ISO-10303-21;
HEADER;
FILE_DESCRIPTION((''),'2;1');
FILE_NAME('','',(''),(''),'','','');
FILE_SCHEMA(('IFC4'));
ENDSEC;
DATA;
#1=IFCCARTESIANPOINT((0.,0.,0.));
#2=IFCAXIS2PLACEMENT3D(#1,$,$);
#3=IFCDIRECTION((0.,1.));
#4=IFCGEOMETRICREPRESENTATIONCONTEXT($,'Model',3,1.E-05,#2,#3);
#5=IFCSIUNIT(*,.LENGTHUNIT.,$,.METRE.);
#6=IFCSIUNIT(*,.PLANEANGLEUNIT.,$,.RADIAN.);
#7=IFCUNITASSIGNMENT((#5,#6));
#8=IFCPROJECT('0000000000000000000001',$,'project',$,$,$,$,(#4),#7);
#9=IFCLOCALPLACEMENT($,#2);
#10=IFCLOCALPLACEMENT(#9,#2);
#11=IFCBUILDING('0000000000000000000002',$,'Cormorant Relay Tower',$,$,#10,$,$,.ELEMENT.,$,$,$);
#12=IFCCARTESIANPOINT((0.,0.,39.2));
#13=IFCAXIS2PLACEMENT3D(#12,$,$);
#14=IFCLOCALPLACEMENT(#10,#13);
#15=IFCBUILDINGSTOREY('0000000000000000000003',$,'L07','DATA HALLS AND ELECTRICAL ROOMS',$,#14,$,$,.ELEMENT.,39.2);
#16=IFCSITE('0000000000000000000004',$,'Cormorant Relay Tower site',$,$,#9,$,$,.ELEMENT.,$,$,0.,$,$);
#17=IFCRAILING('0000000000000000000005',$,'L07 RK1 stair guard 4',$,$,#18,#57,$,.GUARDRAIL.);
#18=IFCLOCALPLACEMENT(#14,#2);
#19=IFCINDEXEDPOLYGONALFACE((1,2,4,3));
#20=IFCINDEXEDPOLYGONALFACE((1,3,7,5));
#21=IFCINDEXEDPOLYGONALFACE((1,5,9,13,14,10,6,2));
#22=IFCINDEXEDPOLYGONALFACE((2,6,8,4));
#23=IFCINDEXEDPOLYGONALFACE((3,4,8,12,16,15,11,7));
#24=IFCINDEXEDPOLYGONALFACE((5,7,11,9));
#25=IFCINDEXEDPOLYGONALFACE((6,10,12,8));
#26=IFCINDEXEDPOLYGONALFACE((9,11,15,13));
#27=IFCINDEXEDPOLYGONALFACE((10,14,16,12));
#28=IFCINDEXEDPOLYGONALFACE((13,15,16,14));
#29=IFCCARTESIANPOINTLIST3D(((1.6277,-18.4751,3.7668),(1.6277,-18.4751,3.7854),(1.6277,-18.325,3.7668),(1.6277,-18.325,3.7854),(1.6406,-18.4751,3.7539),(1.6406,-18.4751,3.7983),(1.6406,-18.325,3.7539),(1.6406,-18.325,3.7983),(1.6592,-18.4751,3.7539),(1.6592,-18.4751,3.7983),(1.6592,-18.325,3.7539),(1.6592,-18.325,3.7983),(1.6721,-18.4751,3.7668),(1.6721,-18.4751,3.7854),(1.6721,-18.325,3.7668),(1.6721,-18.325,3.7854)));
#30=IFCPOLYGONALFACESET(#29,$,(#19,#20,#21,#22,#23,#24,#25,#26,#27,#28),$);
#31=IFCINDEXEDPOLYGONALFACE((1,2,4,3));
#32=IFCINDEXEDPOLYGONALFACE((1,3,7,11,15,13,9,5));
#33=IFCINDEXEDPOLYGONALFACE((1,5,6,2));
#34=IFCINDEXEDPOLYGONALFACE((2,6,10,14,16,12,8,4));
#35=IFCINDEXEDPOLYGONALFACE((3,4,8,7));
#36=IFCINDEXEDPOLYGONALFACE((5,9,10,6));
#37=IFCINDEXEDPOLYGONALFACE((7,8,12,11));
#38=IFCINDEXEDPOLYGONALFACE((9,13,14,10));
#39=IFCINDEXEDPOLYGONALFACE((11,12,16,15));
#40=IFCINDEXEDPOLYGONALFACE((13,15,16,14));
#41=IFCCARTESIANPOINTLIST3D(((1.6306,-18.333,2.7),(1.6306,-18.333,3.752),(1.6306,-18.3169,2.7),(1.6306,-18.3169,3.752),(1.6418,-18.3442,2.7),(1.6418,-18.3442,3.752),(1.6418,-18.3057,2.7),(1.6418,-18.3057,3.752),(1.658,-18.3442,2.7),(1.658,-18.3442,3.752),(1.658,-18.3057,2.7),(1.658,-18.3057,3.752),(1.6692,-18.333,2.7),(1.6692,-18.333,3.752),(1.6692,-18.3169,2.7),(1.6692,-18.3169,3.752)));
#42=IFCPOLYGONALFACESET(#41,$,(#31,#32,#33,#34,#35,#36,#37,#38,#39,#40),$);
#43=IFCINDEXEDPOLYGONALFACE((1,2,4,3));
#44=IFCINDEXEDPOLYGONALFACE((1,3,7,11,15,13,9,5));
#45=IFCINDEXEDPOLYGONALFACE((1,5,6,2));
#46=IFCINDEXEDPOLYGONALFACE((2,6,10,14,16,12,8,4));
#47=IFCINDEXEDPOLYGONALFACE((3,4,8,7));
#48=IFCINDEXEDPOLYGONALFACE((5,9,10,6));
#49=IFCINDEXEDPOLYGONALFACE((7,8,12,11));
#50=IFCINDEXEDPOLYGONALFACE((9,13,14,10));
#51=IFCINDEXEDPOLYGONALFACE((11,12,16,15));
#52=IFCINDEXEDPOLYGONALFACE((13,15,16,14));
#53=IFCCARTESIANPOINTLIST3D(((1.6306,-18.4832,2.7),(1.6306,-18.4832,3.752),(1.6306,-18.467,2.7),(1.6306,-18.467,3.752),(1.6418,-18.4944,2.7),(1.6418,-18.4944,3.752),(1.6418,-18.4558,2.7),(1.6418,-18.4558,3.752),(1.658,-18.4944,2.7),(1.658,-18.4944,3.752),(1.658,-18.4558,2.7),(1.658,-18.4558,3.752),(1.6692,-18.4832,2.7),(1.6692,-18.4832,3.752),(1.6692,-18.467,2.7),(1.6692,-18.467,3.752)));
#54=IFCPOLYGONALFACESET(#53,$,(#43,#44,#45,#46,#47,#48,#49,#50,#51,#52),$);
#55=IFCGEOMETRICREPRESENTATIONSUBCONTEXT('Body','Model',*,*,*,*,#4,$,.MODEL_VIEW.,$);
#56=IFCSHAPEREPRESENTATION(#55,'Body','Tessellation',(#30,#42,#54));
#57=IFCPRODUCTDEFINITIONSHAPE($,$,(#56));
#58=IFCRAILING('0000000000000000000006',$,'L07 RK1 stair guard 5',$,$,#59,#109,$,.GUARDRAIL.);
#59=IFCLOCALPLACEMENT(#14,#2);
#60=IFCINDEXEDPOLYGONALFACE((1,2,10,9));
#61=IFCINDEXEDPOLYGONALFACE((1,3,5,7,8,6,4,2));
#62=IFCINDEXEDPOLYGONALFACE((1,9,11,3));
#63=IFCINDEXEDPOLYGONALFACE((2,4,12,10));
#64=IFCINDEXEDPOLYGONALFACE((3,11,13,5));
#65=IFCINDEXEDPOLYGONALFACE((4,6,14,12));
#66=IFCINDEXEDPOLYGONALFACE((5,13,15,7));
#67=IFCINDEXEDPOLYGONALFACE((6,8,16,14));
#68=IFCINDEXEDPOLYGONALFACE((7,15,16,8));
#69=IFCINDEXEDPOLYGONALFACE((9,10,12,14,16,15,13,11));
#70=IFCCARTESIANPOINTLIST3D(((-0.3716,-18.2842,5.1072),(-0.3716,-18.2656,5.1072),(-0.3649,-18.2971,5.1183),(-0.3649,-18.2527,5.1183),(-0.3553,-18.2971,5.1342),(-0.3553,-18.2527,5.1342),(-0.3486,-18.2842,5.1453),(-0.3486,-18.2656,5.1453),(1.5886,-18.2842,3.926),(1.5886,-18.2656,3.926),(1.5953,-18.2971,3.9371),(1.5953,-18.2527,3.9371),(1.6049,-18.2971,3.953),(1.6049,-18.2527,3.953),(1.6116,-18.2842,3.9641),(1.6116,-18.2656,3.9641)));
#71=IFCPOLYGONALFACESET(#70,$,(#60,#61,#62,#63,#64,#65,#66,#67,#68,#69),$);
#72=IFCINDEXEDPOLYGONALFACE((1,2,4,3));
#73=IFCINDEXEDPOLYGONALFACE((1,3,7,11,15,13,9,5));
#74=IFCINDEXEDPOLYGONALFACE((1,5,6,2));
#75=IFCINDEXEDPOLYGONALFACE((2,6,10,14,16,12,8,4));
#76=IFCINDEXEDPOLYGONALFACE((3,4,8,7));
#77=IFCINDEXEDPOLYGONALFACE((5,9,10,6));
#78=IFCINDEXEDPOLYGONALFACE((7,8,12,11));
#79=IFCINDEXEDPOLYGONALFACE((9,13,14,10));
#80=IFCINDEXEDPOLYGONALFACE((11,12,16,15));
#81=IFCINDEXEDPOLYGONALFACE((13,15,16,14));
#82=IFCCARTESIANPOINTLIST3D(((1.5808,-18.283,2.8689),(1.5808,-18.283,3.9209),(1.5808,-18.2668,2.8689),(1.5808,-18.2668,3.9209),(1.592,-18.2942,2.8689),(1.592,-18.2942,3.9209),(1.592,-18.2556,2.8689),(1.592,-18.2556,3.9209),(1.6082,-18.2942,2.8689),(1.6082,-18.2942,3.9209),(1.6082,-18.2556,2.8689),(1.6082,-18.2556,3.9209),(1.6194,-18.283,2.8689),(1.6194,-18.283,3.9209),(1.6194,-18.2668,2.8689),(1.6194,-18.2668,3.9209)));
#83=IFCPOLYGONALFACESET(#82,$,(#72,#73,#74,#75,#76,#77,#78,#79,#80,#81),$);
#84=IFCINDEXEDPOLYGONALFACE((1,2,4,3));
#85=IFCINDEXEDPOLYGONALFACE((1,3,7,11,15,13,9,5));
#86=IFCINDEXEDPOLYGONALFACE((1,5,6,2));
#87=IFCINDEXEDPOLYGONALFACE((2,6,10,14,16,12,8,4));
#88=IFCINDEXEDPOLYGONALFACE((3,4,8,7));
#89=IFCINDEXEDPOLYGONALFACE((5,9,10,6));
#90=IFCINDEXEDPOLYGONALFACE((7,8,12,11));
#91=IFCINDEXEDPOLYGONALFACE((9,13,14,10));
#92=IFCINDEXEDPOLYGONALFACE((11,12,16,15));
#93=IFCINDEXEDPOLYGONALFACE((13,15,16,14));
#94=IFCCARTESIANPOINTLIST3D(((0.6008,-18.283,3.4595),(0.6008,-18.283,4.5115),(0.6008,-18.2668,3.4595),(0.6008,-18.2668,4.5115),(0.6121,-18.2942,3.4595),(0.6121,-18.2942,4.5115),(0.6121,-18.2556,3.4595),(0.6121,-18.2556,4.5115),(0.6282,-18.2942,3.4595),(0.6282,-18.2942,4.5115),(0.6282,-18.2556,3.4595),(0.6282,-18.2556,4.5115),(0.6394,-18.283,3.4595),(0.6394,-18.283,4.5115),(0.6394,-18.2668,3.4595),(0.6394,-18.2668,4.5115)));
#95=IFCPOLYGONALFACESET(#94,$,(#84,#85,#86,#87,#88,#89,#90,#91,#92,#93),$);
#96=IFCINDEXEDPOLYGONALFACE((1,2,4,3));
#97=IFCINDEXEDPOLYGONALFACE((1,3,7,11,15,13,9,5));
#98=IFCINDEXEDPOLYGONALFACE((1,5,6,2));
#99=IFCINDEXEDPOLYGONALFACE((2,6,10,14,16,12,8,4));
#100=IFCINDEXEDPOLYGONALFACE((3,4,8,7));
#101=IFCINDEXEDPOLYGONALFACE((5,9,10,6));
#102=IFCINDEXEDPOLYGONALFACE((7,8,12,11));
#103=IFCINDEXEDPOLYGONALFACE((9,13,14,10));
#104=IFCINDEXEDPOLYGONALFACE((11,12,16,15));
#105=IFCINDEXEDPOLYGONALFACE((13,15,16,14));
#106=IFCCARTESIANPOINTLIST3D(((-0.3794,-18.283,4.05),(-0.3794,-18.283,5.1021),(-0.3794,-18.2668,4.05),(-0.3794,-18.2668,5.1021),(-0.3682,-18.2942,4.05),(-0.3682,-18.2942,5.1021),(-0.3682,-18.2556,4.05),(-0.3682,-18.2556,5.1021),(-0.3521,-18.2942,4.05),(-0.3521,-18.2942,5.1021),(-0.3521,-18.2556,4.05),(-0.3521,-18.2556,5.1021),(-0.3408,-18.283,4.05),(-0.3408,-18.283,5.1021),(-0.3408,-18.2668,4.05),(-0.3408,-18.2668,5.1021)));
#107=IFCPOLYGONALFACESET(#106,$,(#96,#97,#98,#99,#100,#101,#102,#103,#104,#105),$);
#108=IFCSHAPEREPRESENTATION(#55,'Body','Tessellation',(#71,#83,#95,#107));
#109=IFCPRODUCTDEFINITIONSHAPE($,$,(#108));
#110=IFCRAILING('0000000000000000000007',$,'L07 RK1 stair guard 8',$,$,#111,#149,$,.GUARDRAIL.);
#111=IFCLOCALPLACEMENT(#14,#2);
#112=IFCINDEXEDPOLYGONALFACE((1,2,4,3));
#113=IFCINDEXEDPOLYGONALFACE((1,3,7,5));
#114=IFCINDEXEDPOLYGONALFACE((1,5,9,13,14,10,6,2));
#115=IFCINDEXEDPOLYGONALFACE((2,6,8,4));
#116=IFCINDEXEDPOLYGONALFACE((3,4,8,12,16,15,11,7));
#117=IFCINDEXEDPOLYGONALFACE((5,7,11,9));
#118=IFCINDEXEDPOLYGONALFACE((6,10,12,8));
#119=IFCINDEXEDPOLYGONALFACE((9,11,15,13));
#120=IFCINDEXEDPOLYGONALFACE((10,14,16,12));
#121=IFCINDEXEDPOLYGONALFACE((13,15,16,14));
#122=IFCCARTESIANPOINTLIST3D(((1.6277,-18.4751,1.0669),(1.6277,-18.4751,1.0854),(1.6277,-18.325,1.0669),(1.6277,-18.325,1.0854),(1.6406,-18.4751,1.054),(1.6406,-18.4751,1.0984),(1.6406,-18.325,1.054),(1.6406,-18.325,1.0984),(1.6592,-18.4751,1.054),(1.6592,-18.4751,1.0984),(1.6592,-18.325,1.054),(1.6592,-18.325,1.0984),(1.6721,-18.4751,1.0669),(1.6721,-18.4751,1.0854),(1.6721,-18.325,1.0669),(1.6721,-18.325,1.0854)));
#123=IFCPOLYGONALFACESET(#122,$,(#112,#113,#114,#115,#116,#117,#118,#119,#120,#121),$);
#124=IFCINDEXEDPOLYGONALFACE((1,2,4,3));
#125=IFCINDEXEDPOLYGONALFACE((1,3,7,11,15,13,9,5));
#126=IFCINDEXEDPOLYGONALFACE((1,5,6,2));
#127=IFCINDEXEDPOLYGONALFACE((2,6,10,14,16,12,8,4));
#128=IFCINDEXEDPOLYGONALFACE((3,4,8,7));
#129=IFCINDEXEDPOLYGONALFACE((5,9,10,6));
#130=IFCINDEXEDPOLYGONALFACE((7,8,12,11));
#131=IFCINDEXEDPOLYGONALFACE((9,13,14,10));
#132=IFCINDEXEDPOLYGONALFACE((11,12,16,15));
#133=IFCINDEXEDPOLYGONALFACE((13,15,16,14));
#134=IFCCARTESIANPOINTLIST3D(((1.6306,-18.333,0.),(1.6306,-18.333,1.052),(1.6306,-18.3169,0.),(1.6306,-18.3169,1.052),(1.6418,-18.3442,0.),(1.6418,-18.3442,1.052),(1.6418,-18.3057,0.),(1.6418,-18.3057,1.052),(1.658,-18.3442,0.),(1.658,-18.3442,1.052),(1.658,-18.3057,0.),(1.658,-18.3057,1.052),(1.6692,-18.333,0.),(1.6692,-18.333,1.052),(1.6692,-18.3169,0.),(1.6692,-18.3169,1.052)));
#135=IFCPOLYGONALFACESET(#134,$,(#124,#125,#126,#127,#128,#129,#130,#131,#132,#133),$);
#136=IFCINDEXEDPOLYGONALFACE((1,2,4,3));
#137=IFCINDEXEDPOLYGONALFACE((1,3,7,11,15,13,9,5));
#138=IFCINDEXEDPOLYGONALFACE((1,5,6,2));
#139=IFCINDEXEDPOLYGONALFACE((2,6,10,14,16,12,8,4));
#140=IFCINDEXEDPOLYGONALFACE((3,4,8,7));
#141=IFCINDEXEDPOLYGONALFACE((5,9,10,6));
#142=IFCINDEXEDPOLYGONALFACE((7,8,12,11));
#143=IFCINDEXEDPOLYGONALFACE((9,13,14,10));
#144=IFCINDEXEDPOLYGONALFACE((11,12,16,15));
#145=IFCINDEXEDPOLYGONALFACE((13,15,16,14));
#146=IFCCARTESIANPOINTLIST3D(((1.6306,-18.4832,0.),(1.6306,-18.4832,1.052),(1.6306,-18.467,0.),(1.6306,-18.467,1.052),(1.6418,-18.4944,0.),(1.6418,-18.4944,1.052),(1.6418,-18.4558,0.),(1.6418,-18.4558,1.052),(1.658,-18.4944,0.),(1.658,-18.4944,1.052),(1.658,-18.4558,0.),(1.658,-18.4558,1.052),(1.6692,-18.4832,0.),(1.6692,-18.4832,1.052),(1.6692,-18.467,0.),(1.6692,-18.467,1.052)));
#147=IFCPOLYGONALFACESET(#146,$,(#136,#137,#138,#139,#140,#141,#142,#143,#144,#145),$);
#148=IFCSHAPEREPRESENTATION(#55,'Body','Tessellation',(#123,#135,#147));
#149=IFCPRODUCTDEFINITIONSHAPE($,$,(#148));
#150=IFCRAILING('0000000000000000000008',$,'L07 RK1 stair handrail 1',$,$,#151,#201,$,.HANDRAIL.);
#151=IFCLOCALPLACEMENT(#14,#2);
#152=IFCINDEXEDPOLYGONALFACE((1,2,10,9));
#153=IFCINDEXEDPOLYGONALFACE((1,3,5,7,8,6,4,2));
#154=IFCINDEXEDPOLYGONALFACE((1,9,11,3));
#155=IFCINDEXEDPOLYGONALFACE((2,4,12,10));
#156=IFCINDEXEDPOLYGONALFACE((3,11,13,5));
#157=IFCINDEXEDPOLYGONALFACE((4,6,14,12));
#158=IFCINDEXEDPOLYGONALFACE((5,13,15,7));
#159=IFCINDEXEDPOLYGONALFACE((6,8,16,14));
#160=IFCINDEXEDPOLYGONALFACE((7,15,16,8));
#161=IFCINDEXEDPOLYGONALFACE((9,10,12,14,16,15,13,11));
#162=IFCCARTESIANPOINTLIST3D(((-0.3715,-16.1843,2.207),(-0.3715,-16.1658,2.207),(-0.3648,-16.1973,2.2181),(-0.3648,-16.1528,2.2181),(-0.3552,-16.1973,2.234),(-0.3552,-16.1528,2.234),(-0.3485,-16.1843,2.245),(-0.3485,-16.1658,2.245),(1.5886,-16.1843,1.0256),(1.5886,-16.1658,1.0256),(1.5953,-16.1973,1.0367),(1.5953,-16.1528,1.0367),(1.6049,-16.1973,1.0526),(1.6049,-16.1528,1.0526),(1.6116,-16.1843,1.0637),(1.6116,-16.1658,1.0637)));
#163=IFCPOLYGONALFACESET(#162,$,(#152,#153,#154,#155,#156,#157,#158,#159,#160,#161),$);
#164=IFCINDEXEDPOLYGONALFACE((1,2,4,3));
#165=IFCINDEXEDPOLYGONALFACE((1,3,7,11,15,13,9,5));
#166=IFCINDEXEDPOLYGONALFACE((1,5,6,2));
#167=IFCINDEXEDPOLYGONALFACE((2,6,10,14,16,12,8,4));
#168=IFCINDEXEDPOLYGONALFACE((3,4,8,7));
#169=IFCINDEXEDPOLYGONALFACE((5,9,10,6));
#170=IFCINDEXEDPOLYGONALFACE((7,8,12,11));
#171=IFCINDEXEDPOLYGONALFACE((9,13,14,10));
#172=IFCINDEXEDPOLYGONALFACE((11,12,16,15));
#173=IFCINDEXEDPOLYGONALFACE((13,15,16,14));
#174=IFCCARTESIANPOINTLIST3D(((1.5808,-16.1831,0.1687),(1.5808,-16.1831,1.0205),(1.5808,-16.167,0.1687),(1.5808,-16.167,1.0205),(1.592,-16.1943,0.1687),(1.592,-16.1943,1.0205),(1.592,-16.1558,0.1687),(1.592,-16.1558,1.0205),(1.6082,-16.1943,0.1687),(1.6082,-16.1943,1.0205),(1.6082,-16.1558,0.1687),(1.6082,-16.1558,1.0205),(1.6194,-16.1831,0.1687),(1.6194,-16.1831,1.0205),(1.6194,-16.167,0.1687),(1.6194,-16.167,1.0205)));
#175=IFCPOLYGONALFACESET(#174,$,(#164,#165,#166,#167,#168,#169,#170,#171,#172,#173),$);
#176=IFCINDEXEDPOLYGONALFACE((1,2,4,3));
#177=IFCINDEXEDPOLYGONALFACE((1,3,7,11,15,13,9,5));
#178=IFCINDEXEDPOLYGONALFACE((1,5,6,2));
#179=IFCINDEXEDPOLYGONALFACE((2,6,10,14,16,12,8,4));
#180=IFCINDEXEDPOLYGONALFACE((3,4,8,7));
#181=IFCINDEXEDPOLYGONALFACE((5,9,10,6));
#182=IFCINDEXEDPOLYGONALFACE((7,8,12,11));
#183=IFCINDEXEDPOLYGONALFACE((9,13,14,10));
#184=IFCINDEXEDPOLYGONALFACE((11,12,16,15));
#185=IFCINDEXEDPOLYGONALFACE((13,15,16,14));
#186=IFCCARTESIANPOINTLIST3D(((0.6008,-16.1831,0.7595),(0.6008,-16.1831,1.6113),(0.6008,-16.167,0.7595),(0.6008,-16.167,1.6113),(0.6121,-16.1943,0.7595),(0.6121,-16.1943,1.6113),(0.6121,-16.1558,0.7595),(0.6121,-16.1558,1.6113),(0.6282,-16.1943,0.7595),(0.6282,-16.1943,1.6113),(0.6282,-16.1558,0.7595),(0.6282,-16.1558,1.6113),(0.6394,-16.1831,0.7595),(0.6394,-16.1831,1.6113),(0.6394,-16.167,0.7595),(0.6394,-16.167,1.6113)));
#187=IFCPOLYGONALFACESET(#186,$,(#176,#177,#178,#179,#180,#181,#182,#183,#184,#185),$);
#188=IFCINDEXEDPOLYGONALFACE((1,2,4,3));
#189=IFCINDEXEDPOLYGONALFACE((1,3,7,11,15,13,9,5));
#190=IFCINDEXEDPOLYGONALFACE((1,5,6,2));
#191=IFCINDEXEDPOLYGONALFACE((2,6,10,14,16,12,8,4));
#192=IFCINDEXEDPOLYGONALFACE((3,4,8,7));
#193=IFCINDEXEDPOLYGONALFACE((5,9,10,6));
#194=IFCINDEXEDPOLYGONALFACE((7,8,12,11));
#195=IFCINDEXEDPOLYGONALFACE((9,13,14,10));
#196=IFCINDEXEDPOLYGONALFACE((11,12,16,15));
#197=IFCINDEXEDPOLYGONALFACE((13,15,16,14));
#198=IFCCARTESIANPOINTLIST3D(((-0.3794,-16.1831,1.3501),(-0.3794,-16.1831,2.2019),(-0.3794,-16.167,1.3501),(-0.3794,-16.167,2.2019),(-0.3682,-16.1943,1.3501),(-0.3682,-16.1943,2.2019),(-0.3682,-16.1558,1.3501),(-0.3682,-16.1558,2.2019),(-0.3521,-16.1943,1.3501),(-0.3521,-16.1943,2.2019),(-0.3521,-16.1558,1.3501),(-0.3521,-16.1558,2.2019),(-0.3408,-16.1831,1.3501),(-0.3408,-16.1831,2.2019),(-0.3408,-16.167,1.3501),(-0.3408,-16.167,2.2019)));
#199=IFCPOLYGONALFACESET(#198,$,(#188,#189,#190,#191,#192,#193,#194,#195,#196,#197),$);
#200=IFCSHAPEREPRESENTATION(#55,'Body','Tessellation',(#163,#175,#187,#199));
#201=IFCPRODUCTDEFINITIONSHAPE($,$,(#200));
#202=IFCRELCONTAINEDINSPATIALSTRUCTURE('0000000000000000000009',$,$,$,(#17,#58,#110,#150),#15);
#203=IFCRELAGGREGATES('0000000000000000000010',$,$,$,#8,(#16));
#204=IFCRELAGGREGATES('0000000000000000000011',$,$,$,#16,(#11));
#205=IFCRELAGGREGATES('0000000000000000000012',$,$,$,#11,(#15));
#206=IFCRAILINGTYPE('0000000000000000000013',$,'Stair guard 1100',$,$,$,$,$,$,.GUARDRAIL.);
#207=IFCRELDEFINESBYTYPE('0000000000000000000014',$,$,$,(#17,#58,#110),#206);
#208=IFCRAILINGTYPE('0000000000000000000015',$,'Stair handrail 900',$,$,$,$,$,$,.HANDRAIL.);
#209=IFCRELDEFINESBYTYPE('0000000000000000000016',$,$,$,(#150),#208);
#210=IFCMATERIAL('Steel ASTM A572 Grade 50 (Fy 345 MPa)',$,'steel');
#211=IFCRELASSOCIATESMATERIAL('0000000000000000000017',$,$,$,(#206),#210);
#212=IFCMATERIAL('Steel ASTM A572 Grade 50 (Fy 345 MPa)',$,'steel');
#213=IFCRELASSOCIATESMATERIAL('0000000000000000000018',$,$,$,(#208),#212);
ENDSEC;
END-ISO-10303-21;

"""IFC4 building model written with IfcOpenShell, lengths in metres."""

from ifc_helpers import new_model, si_unit, direction, frame, origin, place, context, subcontext, project, spatial, polyline, outline, extrude, material, type_object, element, save


model = new_model("IFC4")

# Units and contexts
model_context = context("Model", 3, precision=1e-05, world=origin(), true_north=direction((0.0, 1.0)))
body_context = subcontext(model_context, "Body", "Model", "MODEL_VIEW")
ifc_project = project(units=[si_unit("LENGTHUNIT", "METRE"), si_unit("PLANEANGLEUNIT", "RADIAN")], contexts=[model_context])

# Site, building, storey
site_placement = place(None, origin())
site = spatial("IfcSite", under=ifc_project, at=site_placement, Name="Cormorant Relay Tower site", CompositionType="ELEMENT", RefElevation=0.0)
building_placement = place(site_placement, origin())
building = spatial("IfcBuilding", under=site, at=building_placement, Name="Cormorant Relay Tower", CompositionType="ELEMENT")
storey_placement = place(building_placement, frame((0.0, 0.0, 39.2)))
storey = spatial("IfcBuildingStorey", under=building, at=storey_placement, Name="L07", Description="DATA HALLS AND ELECTRICAL ROOMS", CompositionType="ELEMENT", Elevation=39.2)

# Railings
ifc_material_1 = material(Name="Steel ASTM A572 Grade 50 (Fy 345 MPa)", Category="steel")
railing_type_1 = type_object("IfcRailingType", Name="Stair guard 1100", PredefinedType="GUARDRAIL", material=ifc_material_1)
railing_1_placement = place(storey_placement, frame((1.6499, -18.325, 2.7)))
element("IfcRailing", 1, at=railing_1_placement, inside=storey, type_object=railing_type_1, Name="L07 RK1 stair guard 4", PredefinedType="GUARDRAIL", context=body_context, shape_type="SweptSolid", body=[
    extrude(outline(polyline([(0.0222, 0.0093), (0.0093, 0.0222), (-0.0093, 0.0222), (-0.0222, 0.0093), (-0.0222, -0.0093), (-0.0093, -0.0222), (0.0093, -0.0222), (0.0222, -0.0093), (0.0222, 0.0093)])), frame((0.0, 0.0, 1.0762), z_axis=(0.0, -1.0, 0.0), x_axis=(1.0, 0.0, 0.0)), (0.0, 0.0, 1.0), 0.1501),
    extrude(outline(polyline([(0.0193, 0.0081), (0.0081, 0.0193), (-0.0081, 0.0193), (-0.0193, 0.0081), (-0.0193, -0.0081), (-0.0081, -0.0193), (0.0081, -0.0193), (0.0193, -0.0081), (0.0193, 0.0081)])), origin(), (0.0, 0.0, 1.0), 1.052),
    extrude(outline(polyline([(0.0193, 0.0081), (0.0081, 0.0193), (-0.0081, 0.0193), (-0.0193, 0.0081), (-0.0193, -0.0081), (-0.0081, -0.0193), (0.0081, -0.0193), (0.0193, -0.0081), (0.0193, 0.0081)])), frame((0.0, -0.1501, 0.0)), (0.0, 0.0, 1.0), 1.052),
])
railing_2_placement = place(storey_placement, frame((1.6001, -18.2749, 2.8689)))
element("IfcRailing", 2, at=railing_2_placement, inside=storey, type_object=railing_type_1, Name="L07 RK1 stair guard 5", PredefinedType="GUARDRAIL", context=body_context, shape_type="SweptSolid", body=[
    extrude(outline(polyline([(0.0222, 0.0093), (0.0093, 0.0222), (-0.0093, 0.0222), (-0.0222, 0.0093), (-0.0222, -0.0093), (-0.0093, -0.0222), (0.0093, -0.0222), (0.0222, -0.0093), (0.0222, 0.0093)])), frame((0.0, 0.0, 1.0762), z_axis=(-0.856522, 0.0, 0.516111), x_axis=(0.0, -1.0, 0.0)), (0.0, 0.0, 1.0), 2.2886),
    extrude(outline(polyline([(0.0193, 0.0081), (0.0081, 0.0193), (-0.0081, 0.0193), (-0.0193, 0.0081), (-0.0193, -0.0081), (-0.0081, -0.0193), (0.0081, -0.0193), (0.0193, -0.0081), (0.0193, 0.0081)])), origin(), (0.0, 0.0, 1.0), 1.052),
    extrude(outline(polyline([(0.0193, 0.0081), (0.0081, 0.0193), (-0.0081, 0.0193), (-0.0193, 0.0081), (-0.0193, -0.0081), (-0.0081, -0.0193), (0.0081, -0.0193), (0.0193, -0.0081), (0.0193, 0.0081)])), frame((-0.98, 0.0, 0.5906)), (0.0, 0.0, 1.0), 1.052),
    extrude(outline(polyline([(0.0193, 0.0081), (0.0081, 0.0193), (-0.0081, 0.0193), (-0.0193, 0.0081), (-0.0193, -0.0081), (-0.0081, -0.0193), (0.0081, -0.0193), (0.0193, -0.0081), (0.0193, 0.0081)])), frame((-1.9602, 0.0, 1.1812)), (0.0, 0.0, 1.0), 1.052),
])
railing_3_placement = place(storey_placement, frame((1.6499, -18.325, 0.0)))
element("IfcRailing", 3, at=railing_3_placement, inside=storey, type_object=railing_type_1, Name="L07 RK1 stair guard 8", PredefinedType="GUARDRAIL", context=body_context, shape_type="SweptSolid", body=[
    extrude(outline(polyline([(0.0222, 0.0093), (0.0093, 0.0222), (-0.0093, 0.0222), (-0.0222, 0.0093), (-0.0222, -0.0093), (-0.0093, -0.0222), (0.0093, -0.0222), (0.0222, -0.0093), (0.0222, 0.0093)])), frame((0.0, 0.0, 1.0762), z_axis=(0.0, -1.0, 0.0), x_axis=(1.0, 0.0, 0.0)), (0.0, 0.0, 1.0), 0.1501),
    extrude(outline(polyline([(0.0193, 0.0081), (0.0081, 0.0193), (-0.0081, 0.0193), (-0.0193, 0.0081), (-0.0193, -0.0081), (-0.0081, -0.0193), (0.0081, -0.0193), (0.0193, -0.0081), (0.0193, 0.0081)])), origin(), (0.0, 0.0, 1.0), 1.052),
    extrude(outline(polyline([(0.0193, 0.0081), (0.0081, 0.0193), (-0.0081, 0.0193), (-0.0193, 0.0081), (-0.0193, -0.0081), (-0.0081, -0.0193), (0.0081, -0.0193), (0.0193, -0.0081), (0.0193, 0.0081)])), frame((0.0, -0.1501, 0.0)), (0.0, 0.0, 1.0), 1.052),
])
ifc_material_2 = material(Name="Steel ASTM A572 Grade 50 (Fy 345 MPa)", Category="steel")
railing_type_2 = type_object("IfcRailingType", Name="Stair handrail 900", PredefinedType="HANDRAIL", material=ifc_material_2)
railing_4_placement = place(storey_placement, frame((1.6001, -16.175, 0.1687)))
element("IfcRailing", 4, at=railing_4_placement, inside=storey, type_object=railing_type_2, Name="L07 RK1 stair handrail 1", PredefinedType="HANDRAIL", context=body_context, shape_type="SweptSolid", body=[
    extrude(outline(polyline([(0.0222, 0.0093), (0.0093, 0.0222), (-0.0093, 0.0222), (-0.0222, 0.0093), (-0.0222, -0.0093), (-0.0093, -0.0222), (0.0093, -0.0222), (0.0222, -0.0093), (0.0222, 0.0093)])), frame((0.0, 0.0, 0.876), z_axis=(-0.856475, 0.0, 0.516189), x_axis=(0.0, -1.0, 0.0)), (0.0, 0.0, 1.0), 2.2886),
    extrude(outline(polyline([(0.0193, 0.0081), (0.0081, 0.0193), (-0.0081, 0.0193), (-0.0193, 0.0081), (-0.0193, -0.0081), (-0.0081, -0.0193), (0.0081, -0.0193), (0.0193, -0.0081), (0.0193, 0.0081)])), origin(), (0.0, 0.0, 1.0), 0.8518),
    extrude(outline(polyline([(0.0193, 0.0081), (0.0081, 0.0193), (-0.0081, 0.0193), (-0.0193, 0.0081), (-0.0193, -0.0081), (-0.0081, -0.0193), (0.0081, -0.0193), (0.0193, -0.0081), (0.0193, 0.0081)])), frame((-0.98, 0.0, 0.5908)), (0.0, 0.0, 1.0), 0.8518),
    extrude(outline(polyline([(0.0193, 0.0081), (0.0081, 0.0193), (-0.0081, 0.0193), (-0.0193, 0.0081), (-0.0193, -0.0081), (-0.0081, -0.0193), (0.0081, -0.0193), (0.0193, -0.0081), (0.0193, 0.0081)])), frame((-1.9602, 0.0, 1.1814)), (0.0, 0.0, 1.0), 0.8518),
])

save(model, "model.ifc")
